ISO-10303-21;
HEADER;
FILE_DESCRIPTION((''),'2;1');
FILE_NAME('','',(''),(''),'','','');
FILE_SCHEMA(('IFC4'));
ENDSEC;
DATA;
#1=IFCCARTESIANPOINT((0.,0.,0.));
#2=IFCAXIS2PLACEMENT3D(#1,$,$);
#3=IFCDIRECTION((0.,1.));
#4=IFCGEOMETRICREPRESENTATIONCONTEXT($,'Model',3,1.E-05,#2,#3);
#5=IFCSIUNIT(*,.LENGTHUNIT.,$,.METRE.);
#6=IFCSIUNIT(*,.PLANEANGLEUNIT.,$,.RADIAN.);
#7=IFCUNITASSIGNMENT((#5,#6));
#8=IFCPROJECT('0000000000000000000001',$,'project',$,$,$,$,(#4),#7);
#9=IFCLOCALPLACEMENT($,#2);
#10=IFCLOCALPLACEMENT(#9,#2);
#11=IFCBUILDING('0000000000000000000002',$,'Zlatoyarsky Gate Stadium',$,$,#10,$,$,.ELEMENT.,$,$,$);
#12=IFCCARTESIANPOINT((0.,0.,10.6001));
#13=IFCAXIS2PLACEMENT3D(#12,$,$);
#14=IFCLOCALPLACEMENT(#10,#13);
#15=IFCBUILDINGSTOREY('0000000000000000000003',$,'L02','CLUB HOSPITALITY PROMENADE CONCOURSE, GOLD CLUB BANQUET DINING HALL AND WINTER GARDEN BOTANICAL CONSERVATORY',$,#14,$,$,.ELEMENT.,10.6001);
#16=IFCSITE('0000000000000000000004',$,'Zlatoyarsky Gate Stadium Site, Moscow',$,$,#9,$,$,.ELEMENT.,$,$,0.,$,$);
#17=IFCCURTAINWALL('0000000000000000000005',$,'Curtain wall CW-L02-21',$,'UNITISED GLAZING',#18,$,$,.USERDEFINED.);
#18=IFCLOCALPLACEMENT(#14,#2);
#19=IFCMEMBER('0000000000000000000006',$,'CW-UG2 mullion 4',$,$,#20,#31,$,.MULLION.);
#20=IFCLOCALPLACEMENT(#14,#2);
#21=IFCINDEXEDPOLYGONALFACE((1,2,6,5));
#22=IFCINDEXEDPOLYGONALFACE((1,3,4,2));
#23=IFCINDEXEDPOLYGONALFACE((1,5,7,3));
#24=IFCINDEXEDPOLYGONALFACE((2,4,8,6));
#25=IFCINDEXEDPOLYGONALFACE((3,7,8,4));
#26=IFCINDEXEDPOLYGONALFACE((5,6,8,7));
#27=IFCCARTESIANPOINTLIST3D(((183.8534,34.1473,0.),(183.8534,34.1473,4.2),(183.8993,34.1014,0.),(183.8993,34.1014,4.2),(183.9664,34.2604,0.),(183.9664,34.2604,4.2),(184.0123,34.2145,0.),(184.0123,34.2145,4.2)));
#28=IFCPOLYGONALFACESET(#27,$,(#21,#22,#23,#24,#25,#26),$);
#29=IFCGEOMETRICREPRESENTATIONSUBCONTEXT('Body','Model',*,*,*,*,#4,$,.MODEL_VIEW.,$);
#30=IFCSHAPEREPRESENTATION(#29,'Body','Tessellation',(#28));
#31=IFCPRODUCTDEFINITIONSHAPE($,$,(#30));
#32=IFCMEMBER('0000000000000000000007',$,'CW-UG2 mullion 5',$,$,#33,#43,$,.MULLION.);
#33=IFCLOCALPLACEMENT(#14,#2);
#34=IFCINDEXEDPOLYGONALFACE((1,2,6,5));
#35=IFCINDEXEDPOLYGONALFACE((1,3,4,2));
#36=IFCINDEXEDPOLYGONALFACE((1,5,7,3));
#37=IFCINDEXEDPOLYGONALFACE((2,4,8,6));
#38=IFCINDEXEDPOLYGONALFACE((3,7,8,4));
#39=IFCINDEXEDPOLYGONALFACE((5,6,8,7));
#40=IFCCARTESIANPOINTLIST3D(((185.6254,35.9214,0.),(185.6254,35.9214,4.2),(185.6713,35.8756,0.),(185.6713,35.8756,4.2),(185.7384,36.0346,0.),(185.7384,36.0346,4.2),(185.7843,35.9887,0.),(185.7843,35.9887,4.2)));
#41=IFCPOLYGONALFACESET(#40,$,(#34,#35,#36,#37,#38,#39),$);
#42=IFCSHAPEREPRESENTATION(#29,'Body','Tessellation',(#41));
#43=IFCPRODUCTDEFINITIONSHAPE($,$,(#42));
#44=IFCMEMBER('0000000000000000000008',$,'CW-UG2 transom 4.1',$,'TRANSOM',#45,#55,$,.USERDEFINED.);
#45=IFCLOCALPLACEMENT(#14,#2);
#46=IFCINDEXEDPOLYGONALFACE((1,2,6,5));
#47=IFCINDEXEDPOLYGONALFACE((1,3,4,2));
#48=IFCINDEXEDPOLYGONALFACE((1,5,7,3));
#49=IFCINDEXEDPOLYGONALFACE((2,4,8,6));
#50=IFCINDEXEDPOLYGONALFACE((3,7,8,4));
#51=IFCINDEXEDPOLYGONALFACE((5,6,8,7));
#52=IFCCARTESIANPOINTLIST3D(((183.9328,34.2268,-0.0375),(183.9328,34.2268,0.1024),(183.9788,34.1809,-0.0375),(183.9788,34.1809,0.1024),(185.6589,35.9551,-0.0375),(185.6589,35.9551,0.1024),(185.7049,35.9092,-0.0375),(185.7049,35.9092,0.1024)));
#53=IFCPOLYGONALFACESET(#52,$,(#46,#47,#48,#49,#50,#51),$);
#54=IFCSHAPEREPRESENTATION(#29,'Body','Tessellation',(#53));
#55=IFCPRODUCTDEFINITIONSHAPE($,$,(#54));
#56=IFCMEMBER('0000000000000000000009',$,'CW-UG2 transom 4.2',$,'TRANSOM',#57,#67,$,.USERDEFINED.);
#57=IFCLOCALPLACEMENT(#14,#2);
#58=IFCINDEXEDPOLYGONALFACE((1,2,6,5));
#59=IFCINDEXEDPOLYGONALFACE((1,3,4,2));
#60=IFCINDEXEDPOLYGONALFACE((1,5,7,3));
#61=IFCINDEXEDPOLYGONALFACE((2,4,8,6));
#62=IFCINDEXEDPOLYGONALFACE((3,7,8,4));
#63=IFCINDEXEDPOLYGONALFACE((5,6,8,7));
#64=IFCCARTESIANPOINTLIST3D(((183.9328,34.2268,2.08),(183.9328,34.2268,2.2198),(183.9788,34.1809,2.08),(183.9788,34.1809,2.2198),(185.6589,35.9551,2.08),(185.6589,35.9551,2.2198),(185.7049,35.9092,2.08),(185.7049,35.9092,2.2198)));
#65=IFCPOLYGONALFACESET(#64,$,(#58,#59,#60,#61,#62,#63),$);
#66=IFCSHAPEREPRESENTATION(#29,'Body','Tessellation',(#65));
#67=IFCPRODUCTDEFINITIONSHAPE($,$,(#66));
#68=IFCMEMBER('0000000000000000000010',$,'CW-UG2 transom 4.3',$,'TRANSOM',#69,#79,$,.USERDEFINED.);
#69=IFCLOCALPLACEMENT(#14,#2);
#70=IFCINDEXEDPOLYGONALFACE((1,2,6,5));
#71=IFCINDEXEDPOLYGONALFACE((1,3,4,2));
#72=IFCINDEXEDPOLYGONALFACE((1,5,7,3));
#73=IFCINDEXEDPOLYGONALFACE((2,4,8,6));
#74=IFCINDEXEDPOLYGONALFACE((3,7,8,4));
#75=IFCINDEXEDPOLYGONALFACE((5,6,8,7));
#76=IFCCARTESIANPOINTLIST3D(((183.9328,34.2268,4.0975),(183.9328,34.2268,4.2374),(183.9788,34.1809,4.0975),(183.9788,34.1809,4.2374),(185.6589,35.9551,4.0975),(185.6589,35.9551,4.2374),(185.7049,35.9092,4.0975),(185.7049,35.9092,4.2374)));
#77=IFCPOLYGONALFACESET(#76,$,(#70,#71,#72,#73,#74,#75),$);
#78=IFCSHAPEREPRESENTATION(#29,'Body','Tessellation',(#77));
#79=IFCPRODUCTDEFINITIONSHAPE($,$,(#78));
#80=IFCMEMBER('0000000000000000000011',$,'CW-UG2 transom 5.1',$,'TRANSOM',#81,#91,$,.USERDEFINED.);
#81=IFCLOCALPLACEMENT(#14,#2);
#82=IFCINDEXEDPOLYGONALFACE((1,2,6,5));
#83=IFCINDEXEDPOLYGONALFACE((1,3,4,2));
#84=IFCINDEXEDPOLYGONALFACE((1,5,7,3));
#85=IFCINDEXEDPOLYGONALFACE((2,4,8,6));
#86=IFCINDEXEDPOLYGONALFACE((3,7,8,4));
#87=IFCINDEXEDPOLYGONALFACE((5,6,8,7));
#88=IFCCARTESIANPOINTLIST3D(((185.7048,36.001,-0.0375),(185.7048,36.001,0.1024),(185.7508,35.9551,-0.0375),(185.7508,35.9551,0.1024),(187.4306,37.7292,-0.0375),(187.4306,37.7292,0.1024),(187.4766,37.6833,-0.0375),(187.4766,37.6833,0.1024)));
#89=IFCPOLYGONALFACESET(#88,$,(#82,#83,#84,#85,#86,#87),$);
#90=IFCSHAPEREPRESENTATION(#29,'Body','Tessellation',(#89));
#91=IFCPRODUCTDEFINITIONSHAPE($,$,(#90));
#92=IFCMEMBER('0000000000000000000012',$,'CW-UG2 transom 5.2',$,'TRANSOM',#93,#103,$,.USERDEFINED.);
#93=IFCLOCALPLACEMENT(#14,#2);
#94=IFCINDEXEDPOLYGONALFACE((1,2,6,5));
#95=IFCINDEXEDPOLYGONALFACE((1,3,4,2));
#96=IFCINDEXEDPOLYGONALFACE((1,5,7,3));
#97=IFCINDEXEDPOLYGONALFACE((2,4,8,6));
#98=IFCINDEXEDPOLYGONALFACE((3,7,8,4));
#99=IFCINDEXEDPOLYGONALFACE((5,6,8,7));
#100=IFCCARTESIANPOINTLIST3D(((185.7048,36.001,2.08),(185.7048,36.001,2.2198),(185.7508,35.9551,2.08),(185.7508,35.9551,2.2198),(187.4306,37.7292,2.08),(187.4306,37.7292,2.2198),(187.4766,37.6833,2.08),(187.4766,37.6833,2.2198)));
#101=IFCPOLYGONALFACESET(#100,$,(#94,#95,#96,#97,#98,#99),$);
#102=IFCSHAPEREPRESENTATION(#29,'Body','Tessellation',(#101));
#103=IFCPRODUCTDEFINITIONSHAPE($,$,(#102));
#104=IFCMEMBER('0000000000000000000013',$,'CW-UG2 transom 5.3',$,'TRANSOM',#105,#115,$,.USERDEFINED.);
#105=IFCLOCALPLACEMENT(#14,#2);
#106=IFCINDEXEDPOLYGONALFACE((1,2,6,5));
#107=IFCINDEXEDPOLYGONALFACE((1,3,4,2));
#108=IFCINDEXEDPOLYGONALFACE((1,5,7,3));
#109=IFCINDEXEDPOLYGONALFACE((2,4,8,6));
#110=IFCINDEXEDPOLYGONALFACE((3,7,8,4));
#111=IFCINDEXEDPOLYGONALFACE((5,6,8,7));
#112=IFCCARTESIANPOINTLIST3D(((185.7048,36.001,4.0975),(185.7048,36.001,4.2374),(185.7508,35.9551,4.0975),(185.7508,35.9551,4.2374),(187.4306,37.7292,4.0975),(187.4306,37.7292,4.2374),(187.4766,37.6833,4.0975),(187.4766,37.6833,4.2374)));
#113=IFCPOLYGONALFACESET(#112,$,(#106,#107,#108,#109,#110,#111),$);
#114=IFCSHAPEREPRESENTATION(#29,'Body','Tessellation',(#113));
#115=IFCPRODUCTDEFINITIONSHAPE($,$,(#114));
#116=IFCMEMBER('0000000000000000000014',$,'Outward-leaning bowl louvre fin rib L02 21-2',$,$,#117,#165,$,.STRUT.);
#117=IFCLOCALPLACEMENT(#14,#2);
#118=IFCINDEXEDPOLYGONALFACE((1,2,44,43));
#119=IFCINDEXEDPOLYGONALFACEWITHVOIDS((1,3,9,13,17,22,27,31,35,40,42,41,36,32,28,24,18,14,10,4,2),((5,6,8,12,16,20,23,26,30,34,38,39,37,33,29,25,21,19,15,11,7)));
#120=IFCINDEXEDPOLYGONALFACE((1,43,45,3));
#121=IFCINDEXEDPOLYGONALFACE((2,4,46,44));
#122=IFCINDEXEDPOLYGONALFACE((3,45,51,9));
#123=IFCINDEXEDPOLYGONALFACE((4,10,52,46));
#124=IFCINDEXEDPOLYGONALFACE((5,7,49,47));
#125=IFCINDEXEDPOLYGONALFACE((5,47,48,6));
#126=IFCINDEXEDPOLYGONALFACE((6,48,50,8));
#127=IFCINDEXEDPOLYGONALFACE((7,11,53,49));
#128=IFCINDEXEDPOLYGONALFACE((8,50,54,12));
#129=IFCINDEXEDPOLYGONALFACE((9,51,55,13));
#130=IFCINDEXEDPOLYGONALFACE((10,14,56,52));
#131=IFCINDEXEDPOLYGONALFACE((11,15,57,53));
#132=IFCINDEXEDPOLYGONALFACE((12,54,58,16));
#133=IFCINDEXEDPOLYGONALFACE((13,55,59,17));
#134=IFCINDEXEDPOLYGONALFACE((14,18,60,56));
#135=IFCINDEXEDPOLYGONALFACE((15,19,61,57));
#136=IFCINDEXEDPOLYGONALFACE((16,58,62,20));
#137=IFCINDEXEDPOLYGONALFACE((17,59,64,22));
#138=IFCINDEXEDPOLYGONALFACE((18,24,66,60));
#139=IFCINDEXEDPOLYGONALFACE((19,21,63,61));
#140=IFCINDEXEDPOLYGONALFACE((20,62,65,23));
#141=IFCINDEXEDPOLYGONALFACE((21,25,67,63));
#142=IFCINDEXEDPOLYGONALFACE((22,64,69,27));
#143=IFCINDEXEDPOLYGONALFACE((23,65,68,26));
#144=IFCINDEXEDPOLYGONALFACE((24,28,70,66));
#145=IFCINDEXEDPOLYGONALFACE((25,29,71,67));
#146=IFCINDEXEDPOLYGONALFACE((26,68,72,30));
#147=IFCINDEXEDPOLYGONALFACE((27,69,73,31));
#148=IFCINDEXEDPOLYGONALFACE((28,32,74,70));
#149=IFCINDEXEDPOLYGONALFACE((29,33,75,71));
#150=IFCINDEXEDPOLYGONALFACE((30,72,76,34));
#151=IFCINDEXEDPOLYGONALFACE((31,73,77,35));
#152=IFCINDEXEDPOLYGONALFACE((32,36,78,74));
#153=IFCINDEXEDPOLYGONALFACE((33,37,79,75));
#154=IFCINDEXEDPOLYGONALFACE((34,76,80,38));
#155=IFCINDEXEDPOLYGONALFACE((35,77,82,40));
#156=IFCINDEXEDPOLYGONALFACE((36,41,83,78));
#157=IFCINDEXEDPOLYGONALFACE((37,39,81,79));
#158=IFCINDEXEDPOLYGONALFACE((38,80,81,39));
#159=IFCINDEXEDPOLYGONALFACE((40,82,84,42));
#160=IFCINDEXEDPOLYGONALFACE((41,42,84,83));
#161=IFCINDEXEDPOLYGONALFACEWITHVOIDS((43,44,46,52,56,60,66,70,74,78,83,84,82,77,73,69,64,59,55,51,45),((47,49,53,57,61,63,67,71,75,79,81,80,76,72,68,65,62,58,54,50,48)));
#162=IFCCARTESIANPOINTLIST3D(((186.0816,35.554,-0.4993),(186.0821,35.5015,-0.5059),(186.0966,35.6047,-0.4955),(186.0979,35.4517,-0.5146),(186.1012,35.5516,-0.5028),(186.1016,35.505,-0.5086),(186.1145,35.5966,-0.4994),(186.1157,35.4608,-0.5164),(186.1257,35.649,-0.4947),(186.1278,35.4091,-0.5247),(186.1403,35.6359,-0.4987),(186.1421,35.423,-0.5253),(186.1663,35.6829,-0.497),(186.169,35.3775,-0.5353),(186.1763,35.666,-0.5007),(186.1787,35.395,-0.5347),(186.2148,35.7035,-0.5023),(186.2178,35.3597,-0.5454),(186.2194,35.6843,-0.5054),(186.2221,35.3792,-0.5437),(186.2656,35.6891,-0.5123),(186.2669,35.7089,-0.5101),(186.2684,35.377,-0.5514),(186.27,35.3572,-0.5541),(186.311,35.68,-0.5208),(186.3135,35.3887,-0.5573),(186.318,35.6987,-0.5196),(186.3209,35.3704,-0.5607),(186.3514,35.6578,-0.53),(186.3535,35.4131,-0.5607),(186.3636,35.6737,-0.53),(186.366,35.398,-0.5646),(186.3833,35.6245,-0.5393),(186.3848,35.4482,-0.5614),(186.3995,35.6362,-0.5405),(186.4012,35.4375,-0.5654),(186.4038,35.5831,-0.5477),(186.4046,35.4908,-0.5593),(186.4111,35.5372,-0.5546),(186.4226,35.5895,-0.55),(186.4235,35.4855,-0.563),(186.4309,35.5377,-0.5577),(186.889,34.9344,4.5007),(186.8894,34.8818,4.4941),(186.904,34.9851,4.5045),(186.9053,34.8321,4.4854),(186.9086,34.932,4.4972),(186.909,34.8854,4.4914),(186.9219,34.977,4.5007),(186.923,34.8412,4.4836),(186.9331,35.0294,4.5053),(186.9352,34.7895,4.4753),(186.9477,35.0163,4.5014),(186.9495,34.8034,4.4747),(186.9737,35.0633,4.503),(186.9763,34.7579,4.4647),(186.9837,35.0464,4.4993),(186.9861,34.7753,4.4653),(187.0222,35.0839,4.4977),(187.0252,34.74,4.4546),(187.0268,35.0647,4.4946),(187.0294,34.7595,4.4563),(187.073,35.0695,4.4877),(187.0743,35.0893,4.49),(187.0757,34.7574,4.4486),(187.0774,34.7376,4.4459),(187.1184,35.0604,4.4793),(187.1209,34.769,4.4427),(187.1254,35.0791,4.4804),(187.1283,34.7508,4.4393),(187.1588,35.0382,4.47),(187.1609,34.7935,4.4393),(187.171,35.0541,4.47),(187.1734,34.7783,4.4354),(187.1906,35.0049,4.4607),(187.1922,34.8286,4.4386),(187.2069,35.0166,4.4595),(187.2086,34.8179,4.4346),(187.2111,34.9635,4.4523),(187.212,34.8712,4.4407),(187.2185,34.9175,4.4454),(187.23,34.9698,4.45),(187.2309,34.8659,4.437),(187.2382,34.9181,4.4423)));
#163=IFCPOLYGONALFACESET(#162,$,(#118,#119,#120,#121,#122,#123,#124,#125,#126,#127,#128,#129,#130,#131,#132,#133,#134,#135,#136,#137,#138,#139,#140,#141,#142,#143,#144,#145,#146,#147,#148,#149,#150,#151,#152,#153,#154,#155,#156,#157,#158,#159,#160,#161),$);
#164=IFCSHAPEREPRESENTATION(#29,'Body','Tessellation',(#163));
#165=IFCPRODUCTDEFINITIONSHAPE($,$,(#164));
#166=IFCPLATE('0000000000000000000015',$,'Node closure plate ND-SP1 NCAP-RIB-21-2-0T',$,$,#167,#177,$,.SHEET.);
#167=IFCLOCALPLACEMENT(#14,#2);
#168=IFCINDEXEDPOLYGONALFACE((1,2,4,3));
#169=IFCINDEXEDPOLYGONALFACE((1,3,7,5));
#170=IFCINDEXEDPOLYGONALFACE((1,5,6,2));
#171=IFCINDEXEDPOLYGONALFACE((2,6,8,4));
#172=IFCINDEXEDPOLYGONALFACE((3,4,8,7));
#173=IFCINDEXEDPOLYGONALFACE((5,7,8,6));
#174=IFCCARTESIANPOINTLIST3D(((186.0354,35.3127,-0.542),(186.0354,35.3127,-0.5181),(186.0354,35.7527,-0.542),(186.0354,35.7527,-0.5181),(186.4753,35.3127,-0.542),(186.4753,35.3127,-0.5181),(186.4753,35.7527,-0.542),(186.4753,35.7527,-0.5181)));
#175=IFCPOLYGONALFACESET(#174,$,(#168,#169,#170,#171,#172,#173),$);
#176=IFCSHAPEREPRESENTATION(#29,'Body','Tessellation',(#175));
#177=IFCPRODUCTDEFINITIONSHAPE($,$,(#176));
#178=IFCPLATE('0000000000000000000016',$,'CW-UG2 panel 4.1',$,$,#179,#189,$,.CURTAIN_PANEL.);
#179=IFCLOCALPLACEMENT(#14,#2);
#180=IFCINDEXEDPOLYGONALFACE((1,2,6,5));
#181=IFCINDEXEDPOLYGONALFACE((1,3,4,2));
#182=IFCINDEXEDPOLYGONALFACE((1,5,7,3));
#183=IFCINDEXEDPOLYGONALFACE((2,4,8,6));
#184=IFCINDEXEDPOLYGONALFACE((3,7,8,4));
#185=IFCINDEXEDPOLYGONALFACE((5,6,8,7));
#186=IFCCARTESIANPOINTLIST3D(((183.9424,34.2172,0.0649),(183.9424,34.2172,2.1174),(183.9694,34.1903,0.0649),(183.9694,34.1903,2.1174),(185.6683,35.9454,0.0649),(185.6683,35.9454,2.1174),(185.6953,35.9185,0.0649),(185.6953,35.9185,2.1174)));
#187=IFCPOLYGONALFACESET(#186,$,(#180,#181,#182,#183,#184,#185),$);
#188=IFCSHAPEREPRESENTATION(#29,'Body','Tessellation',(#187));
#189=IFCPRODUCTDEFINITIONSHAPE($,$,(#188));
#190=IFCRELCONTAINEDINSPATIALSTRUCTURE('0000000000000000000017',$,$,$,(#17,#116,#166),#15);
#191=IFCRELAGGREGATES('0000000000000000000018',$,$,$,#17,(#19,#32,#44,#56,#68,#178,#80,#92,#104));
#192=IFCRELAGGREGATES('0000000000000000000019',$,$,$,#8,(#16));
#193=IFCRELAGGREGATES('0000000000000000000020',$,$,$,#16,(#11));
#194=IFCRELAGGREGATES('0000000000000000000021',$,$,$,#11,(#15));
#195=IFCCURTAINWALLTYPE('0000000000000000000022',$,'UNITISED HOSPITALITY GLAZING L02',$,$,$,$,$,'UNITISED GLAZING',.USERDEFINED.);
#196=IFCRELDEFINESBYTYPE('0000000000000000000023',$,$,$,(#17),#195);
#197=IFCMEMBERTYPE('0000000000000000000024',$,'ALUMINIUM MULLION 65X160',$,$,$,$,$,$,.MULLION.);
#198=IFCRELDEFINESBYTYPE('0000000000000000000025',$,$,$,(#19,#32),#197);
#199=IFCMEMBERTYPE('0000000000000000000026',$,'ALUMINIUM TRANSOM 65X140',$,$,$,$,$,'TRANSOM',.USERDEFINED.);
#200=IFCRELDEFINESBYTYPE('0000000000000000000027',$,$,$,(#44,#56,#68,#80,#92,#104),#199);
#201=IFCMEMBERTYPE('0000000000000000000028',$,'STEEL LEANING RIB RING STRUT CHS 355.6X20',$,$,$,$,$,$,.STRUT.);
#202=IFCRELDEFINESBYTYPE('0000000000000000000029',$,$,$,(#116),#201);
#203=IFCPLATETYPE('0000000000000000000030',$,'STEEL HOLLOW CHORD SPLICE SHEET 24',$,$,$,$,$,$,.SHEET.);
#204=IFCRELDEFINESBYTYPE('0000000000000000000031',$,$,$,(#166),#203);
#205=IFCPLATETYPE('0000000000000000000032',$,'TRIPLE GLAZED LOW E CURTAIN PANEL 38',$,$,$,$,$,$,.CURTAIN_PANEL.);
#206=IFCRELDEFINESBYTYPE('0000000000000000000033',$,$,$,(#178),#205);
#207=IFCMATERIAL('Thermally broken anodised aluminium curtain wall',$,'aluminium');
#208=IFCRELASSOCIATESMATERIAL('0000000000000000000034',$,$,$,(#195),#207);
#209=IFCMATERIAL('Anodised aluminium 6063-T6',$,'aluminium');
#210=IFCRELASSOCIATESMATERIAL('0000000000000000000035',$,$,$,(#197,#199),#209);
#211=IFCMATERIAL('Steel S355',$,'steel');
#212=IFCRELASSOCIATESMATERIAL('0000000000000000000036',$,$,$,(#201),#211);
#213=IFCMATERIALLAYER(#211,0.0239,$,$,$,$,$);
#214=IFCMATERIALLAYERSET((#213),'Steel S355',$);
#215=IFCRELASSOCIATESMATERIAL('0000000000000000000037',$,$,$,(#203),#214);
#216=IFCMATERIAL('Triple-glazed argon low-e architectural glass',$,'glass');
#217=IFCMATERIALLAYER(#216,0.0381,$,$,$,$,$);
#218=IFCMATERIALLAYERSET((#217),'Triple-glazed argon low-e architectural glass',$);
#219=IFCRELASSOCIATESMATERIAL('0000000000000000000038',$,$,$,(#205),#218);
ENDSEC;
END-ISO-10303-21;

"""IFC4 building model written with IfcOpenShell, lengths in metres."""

from ifc_helpers import new_model, si_unit, direction, frame, origin, origin_2d, place, context, subcontext, project, spatial, rectangle, hollow_circle, extrude, material, layer, layer_set, material_profile, profile_set, type_object, element, aggregate, save


model = new_model("IFC4")

# Units and contexts
model_context = context("Model", 3, precision=1e-05, world=origin(), true_north=direction((0.0, 1.0)))
body_context = subcontext(model_context, "Body", "Model", "MODEL_VIEW")
ifc_project = project(units=[si_unit("LENGTHUNIT", "METRE"), si_unit("PLANEANGLEUNIT", "RADIAN")], contexts=[model_context])

# Site, building, storey
site_placement = place(None, origin())
site = spatial("IfcSite", under=ifc_project, at=site_placement, Name="Zlatoyarsky Gate Stadium Site, Moscow", CompositionType="ELEMENT", RefElevation=0.0)
building_placement = place(site_placement, origin())
building = spatial("IfcBuilding", under=site, at=building_placement, Name="Zlatoyarsky Gate Stadium", CompositionType="ELEMENT")
storey_placement = place(building_placement, frame((0.0, 0.0, 10.6001)))
storey = spatial("IfcBuildingStorey", under=building, at=storey_placement, Name="L02", Description="CLUB HOSPITALITY PROMENADE CONCOURSE, GOLD CLUB BANQUET DINING HALL AND WINTER GARDEN BOTANICAL CONSERVATORY", CompositionType="ELEMENT", Elevation=10.6001)

# Curtain wall, members
ifc_material_1 = material(Name="Thermally broken anodised aluminium curtain wall", Category="aluminium")
curtain_wall_type = type_object("IfcCurtainWallType", Name="UNITISED HOSPITALITY GLAZING L02", ElementType="UNITISED GLAZING", PredefinedType="USERDEFINED", material=ifc_material_1)
curtain_wall_placement = place(storey_placement, origin())
curtain_wall = element("IfcCurtainWall", 1, at=curtain_wall_placement, inside=storey, type_object=curtain_wall_type, Name="Curtain wall CW-L02-21", ObjectType="UNITISED GLAZING", PredefinedType="USERDEFINED")
ifc_material_2 = material(Name="Anodised aluminium 6063-T6", Category="aluminium")
ifc_material_profile_1 = material_profile(ifc_material_2, rectangle(XDim=0.0649, YDim=0.1599, at=origin_2d()), Name="ALU 65X160")
ifc_profile_set_1 = profile_set([ifc_material_profile_1], Name="Anodised aluminium 6063-T6")
member_type_1 = type_object("IfcMemberType", Name="ALUMINIUM MULLION 65X160", PredefinedType="MULLION", material=ifc_profile_set_1)
member_1_placement = place(storey_placement, frame((183.9329, 34.1809, 0.0), z_axis=(0.0, 0.0, 1.0), x_axis=(-0.707585, 0.706628, 0.0)))
member_1 = element("IfcMember", 2, at=member_1_placement, type_object=member_type_1, Name="CW-UG2 mullion 4", PredefinedType="MULLION", context=body_context, shape_type="SweptSolid", body=[
    extrude(rectangle(XDim=0.0649, YDim=0.1599, at=origin_2d()), origin(), (0.0, 0.0, 1.0), 4.2),
])
member_2_placement = place(storey_placement, frame((185.7048, 35.9551, 0.0), z_axis=(0.0, 0.0, 1.0), x_axis=(-0.707585, 0.706628, 0.0)))
member_2 = element("IfcMember", 3, at=member_2_placement, type_object=member_type_1, Name="CW-UG2 mullion 5", PredefinedType="MULLION", context=body_context, shape_type="SweptSolid", body=[
    extrude(rectangle(XDim=0.0649, YDim=0.1599, at=origin_2d()), origin(), (0.0, 0.0, 1.0), 4.2),
])
ifc_material_profile_2 = material_profile(ifc_material_2, rectangle(XDim=0.0649, YDim=0.1399, at=origin_2d()), Name="ALU 65X140")
ifc_profile_set_2 = profile_set([ifc_material_profile_2], Name="Anodised aluminium 6063-T6")
member_type_2 = type_object("IfcMemberType", Name="ALUMINIUM TRANSOM 65X140", ElementType="TRANSOM", PredefinedType="USERDEFINED", material=ifc_profile_set_2)
member_3_placement = place(storey_placement, frame((183.9558, 34.2039, 0.0325), z_axis=(0.706657, 0.707556, 0.0), x_axis=(-0.707556, 0.706657, 0.0)))
member_3 = element("IfcMember", 4, at=member_3_placement, type_object=member_type_2, Name="CW-UG2 transom 4.1", ObjectType="TRANSOM", PredefinedType="USERDEFINED", context=body_context, shape_type="SweptSolid", body=[
    extrude(rectangle(XDim=0.0649, YDim=0.1399, at=origin_2d()), origin(), (0.0, 0.0, 1.0), 2.4426),
])
member_4_placement = place(storey_placement, frame((183.9558, 34.2039, 2.1499), z_axis=(0.706657, 0.707556, 0.0), x_axis=(-0.707556, 0.706657, 0.0)))
member_4 = element("IfcMember", 5, at=member_4_placement, type_object=member_type_2, Name="CW-UG2 transom 4.2", ObjectType="TRANSOM", PredefinedType="USERDEFINED", context=body_context, shape_type="SweptSolid", body=[
    extrude(rectangle(XDim=0.0649, YDim=0.1399, at=origin_2d()), origin(), (0.0, 0.0, 1.0), 2.4426),
])
member_5_placement = place(storey_placement, frame((183.9558, 34.2039, 4.1675), z_axis=(0.706657, 0.707556, 0.0), x_axis=(-0.707556, 0.706657, 0.0)))
member_5 = element("IfcMember", 6, at=member_5_placement, type_object=member_type_2, Name="CW-UG2 transom 4.3", ObjectType="TRANSOM", PredefinedType="USERDEFINED", context=body_context, shape_type="SweptSolid", body=[
    extrude(rectangle(XDim=0.0649, YDim=0.1399, at=origin_2d()), origin(), (0.0, 0.0, 1.0), 2.4426),
])
member_6_placement = place(storey_placement, frame((185.7278, 35.978, 0.0325), z_axis=(0.706607, 0.707606, 0.0), x_axis=(-0.707606, 0.706607, 0.0)))
member_6 = element("IfcMember", 7, at=member_6_placement, type_object=member_type_2, Name="CW-UG2 transom 5.1", ObjectType="TRANSOM", PredefinedType="USERDEFINED", context=body_context, shape_type="SweptSolid", body=[
    extrude(rectangle(XDim=0.0649, YDim=0.1399, at=origin_2d()), origin(), (0.0, 0.0, 1.0), 2.4424),
])
member_7_placement = place(storey_placement, frame((185.7278, 35.978, 2.1499), z_axis=(0.706607, 0.707606, 0.0), x_axis=(-0.707606, 0.706607, 0.0)))
member_7 = element("IfcMember", 8, at=member_7_placement, type_object=member_type_2, Name="CW-UG2 transom 5.2", ObjectType="TRANSOM", PredefinedType="USERDEFINED", context=body_context, shape_type="SweptSolid", body=[
    extrude(rectangle(XDim=0.0649, YDim=0.1399, at=origin_2d()), origin(), (0.0, 0.0, 1.0), 2.4424),
])
member_8_placement = place(storey_placement, frame((185.7278, 35.978, 4.1675), z_axis=(0.706607, 0.707606, 0.0), x_axis=(-0.707606, 0.706607, 0.0)))
member_8 = element("IfcMember", 9, at=member_8_placement, type_object=member_type_2, Name="CW-UG2 transom 5.3", ObjectType="TRANSOM", PredefinedType="USERDEFINED", context=body_context, shape_type="SweptSolid", body=[
    extrude(rectangle(XDim=0.0649, YDim=0.1399, at=origin_2d()), origin(), (0.0, 0.0, 1.0), 2.4424),
])

# Member
ifc_material_3 = material(Name="Steel S355", Category="steel")
ifc_material_profile_3 = material_profile(ifc_material_3, hollow_circle(Radius=0.1777, WallThickness=0.02, at=origin_2d()), Name="CHS 355.6X20")
ifc_profile_set_3 = profile_set([ifc_material_profile_3], Name="Steel S355")
member_type_3 = type_object("IfcMemberType", Name="STEEL LEANING RIB RING STRUT CHS 355.6X20", PredefinedType="STRUT", material=ifc_profile_set_3)
member_9_placement = place(storey_placement, frame((186.2554, 35.5327, -0.53), z_axis=(0.15823, -0.121436, 0.979906), x_axis=(0.608829, 0.793301, 0.0)))
element("IfcMember", 10, at=member_9_placement, inside=storey, type_object=member_type_3, Name="Outward-leaning bowl louvre fin rib L02 21-2", PredefinedType="STRUT", context=body_context, shape_type="SweptSolid", body=[
    extrude(hollow_circle(Radius=0.1777, WallThickness=0.02, at=origin_2d()), origin(), (0.0, 0.0, 1.0), 5.1025),
])

# Plates
ifc_layer_1 = layer(ifc_material_3, 0.0239)
ifc_layer_set_1 = layer_set([ifc_layer_1], Name="Steel S355")
plate_type_1 = type_object("IfcPlateType", Name="STEEL HOLLOW CHORD SPLICE SHEET 24", PredefinedType="SHEET", material=ifc_layer_set_1)
plate_1_placement = place(storey_placement, frame((186.2554, 35.5327, -0.542), z_axis=(0.0, 0.0, 1.0), x_axis=(1.0, 0.0, 0.0)))
element("IfcPlate", 11, at=plate_1_placement, inside=storey, type_object=plate_type_1, Name="Node closure plate ND-SP1 NCAP-RIB-21-2-0T", PredefinedType="SHEET", context=body_context, shape_type="SweptSolid", body=[
    extrude(rectangle(XDim=0.4399, YDim=0.4399, at=origin_2d()), origin(), (0.0, 0.0, 1.0), 0.0239),
])
ifc_material_4 = material(Name="Triple-glazed argon low-e architectural glass", Category="glass")
ifc_layer_2 = layer(ifc_material_4, 0.0381)
ifc_layer_set_2 = layer_set([ifc_layer_2], Name="Triple-glazed argon low-e architectural glass")
plate_type_2 = type_object("IfcPlateType", Name="TRIPLE GLAZED LOW E CURTAIN PANEL 38", PredefinedType="CURTAIN_PANEL", material=ifc_layer_set_2)
plate_2_placement = place(storey_placement, frame((184.8188, 35.0679, 0.0649), z_axis=(0.0, 0.0, 1.0), x_axis=(0.706628, 0.707585, 0.0)))
plate_2 = element("IfcPlate", 12, at=plate_2_placement, type_object=plate_type_2, Name="CW-UG2 panel 4.1", PredefinedType="CURTAIN_PANEL", context=body_context, shape_type="SweptSolid", body=[
    extrude(rectangle(XDim=2.4424, YDim=0.0381, at=origin_2d()), origin(), (0.0, 0.0, 1.0), 2.0525),
])
aggregate(curtain_wall, [member_1, member_2, member_3, member_4, member_5, plate_2, member_6, member_7, member_8])

save(model, "model.ifc")
